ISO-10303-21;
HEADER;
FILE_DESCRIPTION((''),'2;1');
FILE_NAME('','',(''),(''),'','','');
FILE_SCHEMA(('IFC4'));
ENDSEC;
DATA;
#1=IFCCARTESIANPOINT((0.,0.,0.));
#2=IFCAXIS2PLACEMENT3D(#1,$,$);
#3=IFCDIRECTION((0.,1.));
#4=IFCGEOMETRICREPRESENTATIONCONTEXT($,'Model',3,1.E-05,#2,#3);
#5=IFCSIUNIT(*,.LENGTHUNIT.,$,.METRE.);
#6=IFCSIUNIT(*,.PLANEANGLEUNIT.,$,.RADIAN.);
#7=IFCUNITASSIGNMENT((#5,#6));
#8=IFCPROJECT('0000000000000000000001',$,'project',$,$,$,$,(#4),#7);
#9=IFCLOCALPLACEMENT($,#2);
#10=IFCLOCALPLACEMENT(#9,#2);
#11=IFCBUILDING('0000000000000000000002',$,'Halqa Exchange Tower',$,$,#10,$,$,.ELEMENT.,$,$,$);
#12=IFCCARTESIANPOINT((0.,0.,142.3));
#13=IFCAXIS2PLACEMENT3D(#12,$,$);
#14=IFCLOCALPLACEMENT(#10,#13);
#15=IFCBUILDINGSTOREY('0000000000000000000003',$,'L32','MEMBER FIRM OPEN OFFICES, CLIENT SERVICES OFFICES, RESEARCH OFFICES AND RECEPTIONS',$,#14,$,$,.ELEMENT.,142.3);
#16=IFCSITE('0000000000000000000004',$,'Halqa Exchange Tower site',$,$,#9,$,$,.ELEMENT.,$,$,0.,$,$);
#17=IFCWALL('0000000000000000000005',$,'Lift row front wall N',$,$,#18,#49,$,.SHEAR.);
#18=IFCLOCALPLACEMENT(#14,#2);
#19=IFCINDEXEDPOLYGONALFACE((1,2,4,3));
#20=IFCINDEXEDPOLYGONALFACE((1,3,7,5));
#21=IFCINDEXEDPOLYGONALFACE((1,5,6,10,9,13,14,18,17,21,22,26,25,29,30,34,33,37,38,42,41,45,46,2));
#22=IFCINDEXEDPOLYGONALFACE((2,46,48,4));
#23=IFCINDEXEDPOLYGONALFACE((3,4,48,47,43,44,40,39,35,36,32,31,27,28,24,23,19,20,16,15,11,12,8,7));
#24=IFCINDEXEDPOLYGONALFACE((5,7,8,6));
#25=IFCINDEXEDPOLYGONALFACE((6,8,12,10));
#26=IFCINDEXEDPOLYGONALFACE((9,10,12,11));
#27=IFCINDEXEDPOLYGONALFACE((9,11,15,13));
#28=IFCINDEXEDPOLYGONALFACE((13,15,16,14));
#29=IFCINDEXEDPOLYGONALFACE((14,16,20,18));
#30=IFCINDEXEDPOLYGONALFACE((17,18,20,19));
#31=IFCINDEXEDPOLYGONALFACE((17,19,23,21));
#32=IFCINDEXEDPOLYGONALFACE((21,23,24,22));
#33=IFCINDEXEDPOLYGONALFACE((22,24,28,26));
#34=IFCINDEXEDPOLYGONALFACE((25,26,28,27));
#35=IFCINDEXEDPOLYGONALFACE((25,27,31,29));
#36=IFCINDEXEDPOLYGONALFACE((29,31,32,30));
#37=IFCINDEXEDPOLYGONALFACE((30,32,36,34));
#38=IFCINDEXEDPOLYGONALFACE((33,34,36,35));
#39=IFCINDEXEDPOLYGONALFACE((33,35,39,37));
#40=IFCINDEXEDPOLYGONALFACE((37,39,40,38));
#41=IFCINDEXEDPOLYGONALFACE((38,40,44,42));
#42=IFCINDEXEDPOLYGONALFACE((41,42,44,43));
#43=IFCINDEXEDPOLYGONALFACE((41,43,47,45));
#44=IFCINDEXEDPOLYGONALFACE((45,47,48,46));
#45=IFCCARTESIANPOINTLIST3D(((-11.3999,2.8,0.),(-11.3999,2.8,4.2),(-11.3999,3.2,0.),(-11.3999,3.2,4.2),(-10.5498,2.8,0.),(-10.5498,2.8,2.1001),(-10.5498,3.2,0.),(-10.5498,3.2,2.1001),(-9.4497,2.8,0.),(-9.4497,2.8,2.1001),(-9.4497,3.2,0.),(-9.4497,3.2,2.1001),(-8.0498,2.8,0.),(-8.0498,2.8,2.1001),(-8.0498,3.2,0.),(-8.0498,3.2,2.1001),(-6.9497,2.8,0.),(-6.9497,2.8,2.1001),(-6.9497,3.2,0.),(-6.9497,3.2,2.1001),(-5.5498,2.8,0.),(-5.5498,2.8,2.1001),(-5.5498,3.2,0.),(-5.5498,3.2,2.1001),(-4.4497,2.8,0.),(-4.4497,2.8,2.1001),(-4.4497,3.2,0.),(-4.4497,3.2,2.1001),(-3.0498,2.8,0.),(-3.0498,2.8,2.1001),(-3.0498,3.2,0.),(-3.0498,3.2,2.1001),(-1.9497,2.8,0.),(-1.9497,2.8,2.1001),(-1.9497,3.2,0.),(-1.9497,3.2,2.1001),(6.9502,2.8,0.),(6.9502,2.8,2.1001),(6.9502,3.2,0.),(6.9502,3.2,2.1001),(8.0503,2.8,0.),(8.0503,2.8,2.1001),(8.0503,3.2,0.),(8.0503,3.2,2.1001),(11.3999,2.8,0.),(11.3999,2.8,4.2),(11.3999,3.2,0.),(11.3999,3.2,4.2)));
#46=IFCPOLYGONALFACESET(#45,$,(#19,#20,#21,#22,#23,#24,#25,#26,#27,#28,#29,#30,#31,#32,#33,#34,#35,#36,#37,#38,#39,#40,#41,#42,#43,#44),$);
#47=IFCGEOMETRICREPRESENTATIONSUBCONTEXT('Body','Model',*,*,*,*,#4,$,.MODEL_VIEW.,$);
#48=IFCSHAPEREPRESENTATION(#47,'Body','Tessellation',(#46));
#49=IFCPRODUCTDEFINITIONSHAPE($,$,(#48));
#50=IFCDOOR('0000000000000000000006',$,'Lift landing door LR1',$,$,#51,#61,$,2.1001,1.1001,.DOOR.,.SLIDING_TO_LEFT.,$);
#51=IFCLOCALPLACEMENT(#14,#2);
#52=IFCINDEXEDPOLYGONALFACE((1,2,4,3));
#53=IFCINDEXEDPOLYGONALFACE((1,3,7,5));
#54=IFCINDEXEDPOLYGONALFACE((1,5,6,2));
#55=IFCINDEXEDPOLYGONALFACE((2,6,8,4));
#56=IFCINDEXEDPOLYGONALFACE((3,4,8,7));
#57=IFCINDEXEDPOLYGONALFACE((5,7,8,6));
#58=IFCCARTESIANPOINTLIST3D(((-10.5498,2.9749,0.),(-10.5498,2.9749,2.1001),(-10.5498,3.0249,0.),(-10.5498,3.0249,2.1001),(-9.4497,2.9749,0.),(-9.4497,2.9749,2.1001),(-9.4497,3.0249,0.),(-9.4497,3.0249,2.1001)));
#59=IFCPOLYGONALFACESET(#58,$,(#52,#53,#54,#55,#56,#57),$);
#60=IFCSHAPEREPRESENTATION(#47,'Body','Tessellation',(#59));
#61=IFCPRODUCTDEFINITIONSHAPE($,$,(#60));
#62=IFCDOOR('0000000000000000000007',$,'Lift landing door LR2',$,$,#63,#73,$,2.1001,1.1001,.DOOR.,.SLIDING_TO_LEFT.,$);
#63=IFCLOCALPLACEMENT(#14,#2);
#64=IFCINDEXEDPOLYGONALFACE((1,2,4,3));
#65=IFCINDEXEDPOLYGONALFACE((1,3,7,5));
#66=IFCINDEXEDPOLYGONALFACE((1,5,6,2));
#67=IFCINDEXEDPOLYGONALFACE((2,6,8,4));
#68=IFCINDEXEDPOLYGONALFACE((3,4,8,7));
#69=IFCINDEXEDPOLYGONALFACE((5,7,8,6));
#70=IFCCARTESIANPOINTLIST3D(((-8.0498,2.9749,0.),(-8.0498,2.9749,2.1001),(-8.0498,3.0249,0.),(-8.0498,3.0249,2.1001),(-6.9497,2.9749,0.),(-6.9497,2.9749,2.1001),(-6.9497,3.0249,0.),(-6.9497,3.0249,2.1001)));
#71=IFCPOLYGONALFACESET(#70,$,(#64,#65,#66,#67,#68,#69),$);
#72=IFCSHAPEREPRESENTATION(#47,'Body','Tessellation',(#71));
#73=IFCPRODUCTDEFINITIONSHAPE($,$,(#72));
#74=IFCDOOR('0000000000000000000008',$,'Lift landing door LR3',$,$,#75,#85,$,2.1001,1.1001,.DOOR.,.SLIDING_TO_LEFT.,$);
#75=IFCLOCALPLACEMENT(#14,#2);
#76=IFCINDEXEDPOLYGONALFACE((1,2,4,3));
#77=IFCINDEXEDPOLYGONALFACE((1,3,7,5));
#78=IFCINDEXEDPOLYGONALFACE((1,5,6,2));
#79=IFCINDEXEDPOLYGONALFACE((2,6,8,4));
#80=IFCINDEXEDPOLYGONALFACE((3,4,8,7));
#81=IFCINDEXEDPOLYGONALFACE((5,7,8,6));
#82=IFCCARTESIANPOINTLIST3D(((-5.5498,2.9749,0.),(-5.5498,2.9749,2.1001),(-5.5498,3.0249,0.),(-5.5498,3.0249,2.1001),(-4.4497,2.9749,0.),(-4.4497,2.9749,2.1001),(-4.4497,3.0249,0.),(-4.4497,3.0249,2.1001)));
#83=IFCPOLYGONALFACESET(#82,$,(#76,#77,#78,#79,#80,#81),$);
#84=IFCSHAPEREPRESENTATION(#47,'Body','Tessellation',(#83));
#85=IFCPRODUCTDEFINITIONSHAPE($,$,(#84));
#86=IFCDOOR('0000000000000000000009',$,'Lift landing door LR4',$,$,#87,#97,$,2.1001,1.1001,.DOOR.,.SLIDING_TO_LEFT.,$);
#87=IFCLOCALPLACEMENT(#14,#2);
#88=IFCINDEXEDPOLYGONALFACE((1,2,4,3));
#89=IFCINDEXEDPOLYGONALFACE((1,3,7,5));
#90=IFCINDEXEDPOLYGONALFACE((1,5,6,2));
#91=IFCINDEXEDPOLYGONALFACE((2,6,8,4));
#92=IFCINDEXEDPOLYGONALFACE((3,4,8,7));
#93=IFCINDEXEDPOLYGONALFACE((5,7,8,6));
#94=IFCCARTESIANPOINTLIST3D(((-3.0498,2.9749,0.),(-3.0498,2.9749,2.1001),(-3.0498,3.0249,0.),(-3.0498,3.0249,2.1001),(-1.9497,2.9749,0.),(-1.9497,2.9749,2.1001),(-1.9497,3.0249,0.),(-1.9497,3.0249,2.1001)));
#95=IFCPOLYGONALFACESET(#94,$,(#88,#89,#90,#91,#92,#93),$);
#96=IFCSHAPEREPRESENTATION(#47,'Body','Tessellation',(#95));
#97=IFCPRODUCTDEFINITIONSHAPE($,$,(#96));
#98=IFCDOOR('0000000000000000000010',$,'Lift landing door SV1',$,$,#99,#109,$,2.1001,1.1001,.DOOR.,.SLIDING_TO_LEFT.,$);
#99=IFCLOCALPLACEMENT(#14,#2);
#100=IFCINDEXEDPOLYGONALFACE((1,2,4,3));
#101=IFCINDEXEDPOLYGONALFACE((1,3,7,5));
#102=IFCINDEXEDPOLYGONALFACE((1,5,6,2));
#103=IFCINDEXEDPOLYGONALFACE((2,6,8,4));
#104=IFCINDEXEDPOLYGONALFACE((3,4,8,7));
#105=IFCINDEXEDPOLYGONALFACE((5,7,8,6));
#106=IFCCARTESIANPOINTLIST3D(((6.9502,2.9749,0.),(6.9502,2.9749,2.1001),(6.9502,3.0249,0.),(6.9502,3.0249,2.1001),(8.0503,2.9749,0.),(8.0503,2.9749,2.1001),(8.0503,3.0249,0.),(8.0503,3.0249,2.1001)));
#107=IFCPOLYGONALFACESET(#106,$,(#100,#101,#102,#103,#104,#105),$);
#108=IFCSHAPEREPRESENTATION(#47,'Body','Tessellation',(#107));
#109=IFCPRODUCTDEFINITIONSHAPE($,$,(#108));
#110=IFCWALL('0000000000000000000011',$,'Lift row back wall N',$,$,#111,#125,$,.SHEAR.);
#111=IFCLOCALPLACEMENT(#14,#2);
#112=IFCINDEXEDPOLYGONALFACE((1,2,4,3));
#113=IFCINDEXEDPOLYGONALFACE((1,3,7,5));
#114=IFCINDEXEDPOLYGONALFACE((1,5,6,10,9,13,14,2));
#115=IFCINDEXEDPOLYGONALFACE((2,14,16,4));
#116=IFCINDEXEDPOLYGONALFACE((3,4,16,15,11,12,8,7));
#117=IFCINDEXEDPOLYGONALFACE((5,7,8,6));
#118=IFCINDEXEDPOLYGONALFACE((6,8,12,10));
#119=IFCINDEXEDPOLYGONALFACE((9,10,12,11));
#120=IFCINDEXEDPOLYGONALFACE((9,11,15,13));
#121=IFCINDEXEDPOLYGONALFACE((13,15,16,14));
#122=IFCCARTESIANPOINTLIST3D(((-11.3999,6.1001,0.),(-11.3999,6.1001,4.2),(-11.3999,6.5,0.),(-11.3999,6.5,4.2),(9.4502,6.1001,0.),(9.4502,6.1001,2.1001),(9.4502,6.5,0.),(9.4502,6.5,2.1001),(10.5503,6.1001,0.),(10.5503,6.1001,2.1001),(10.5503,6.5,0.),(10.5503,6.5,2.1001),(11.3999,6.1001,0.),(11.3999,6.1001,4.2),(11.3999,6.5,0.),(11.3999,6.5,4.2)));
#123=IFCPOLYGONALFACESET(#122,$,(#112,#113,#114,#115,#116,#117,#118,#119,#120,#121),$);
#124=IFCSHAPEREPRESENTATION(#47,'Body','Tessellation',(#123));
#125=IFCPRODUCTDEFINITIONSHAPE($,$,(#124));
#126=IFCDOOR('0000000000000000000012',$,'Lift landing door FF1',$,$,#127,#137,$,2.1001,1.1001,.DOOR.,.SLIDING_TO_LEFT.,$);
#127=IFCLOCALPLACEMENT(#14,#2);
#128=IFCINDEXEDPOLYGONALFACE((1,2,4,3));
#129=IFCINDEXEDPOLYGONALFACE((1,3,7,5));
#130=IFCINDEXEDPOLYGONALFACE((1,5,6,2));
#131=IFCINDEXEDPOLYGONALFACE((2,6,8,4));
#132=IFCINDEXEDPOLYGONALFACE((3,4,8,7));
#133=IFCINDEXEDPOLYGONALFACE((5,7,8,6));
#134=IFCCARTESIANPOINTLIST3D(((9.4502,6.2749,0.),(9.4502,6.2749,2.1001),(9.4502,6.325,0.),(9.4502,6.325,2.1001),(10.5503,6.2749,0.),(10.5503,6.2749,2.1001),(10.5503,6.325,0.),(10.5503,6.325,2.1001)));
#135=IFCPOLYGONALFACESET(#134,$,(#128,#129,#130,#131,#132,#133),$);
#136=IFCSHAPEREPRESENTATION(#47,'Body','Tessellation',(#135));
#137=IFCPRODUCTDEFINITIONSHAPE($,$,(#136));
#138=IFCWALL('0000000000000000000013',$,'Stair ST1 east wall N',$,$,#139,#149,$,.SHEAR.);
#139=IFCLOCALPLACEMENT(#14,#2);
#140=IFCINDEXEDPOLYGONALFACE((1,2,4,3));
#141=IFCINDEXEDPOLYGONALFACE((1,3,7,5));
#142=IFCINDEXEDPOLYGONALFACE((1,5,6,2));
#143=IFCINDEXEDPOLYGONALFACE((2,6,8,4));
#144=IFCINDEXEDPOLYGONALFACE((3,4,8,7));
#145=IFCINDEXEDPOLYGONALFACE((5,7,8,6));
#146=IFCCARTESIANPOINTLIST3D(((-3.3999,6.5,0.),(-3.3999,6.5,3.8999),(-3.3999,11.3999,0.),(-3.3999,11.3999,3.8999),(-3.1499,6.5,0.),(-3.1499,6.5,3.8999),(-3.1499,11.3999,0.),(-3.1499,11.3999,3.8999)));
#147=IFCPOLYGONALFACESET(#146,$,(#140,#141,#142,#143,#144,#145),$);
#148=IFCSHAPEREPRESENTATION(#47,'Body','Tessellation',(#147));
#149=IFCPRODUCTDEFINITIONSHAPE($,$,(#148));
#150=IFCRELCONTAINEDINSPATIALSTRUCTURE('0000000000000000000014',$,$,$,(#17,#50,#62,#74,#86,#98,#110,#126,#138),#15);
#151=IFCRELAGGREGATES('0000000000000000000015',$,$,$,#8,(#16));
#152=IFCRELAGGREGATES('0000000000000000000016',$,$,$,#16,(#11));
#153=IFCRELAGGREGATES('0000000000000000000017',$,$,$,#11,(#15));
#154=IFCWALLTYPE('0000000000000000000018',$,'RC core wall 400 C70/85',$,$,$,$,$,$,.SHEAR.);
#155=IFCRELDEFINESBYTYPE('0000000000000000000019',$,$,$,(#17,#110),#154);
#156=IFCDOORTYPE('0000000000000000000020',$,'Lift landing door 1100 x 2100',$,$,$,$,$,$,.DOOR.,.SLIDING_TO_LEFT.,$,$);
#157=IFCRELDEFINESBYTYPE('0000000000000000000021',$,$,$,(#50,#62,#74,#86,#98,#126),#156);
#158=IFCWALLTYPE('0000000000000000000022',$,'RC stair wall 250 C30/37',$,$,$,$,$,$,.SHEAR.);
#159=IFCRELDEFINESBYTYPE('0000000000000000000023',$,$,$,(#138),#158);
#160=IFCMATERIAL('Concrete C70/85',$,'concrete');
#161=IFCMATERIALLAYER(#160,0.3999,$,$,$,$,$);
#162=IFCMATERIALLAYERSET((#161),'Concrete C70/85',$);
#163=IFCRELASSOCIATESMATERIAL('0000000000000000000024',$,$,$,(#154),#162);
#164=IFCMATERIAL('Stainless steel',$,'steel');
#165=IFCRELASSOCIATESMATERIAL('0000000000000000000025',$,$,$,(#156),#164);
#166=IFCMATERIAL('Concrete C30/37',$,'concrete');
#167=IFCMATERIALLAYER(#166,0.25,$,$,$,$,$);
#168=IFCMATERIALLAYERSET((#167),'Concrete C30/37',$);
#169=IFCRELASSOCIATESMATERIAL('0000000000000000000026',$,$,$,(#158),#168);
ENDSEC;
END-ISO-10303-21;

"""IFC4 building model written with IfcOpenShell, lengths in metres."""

from ifc_helpers import new_model, si_unit, direction, frame, frame_2d, origin, place, context, subcontext, project, spatial, rectangle, extrude, material, layer, layer_set, type_object, element, fill, save


model = new_model("IFC4")

# Units and contexts
model_context = context("Model", 3, precision=1e-05, world=origin(), true_north=direction((0.0, 1.0)))
body_context = subcontext(model_context, "Body", "Model", "MODEL_VIEW")
ifc_project = project(units=[si_unit("LENGTHUNIT", "METRE"), si_unit("PLANEANGLEUNIT", "RADIAN")], contexts=[model_context])

# Site, building, storey
site_placement = place(None, origin())
site = spatial("IfcSite", under=ifc_project, at=site_placement, Name="Halqa Exchange Tower site", CompositionType="ELEMENT", RefElevation=0.0)
building_placement = place(site_placement, origin())
building = spatial("IfcBuilding", under=site, at=building_placement, Name="Halqa Exchange Tower", CompositionType="ELEMENT")
storey_placement = place(building_placement, frame((0.0, 0.0, 142.3)))
storey = spatial("IfcBuildingStorey", under=building, at=storey_placement, Name="L32", Description="MEMBER FIRM OPEN OFFICES, CLIENT SERVICES OFFICES, RESEARCH OFFICES AND RECEPTIONS", CompositionType="ELEMENT", Elevation=142.3)

# Wall, openings, doors
ifc_material_1 = material(Name="Concrete C70/85", Category="concrete")
ifc_layer_1 = layer(ifc_material_1, 0.3999)
ifc_layer_set_1 = layer_set([ifc_layer_1], Name="Concrete C70/85")
wall_type_1 = type_object("IfcWallType", Name="RC core wall 400 C70/85", PredefinedType="SHEAR", material=ifc_layer_set_1)
wall_1_placement = place(storey_placement, frame((-11.3999, 3.0, 0.0), z_axis=(0.0, 0.0, 1.0), x_axis=(1.0, 0.0, 0.0)))
wall_1 = element("IfcWall", 1, at=wall_1_placement, inside=storey, type_object=wall_type_1, Name="Lift row front wall N", PredefinedType="SHEAR", context=body_context, shape_type="SweptSolid", body=[
    extrude(rectangle(XDim=22.7998, YDim=0.3999, at=frame_2d((11.3999, 0.0))), origin(), (0.0, 0.0, 1.0), 4.2),
])
opening_1_placement = place(wall_1_placement, frame((0.8501, 0.0, 0.0)))
opening_1 = element("IfcOpeningElement", 2, at=opening_1_placement, cuts=wall_1, PredefinedType="OPENING", context=body_context, shape_type="SweptSolid", body=[
    extrude(rectangle(XDim=1.1001, YDim=2.1001, at=frame_2d((0.55, 1.05))), frame((0.0, 0.2119, 0.0), z_axis=(0.0, -1.0, 0.0), x_axis=(1.0, 0.0, 0.0)), (0.0, 0.0, 1.0), 0.4238),
])
opening_2_placement = place(wall_1_placement, frame((3.3501, 0.0, 0.0)))
opening_2 = element("IfcOpeningElement", 3, at=opening_2_placement, cuts=wall_1, PredefinedType="OPENING", context=body_context, shape_type="SweptSolid", body=[
    extrude(rectangle(XDim=1.1001, YDim=2.1001, at=frame_2d((0.55, 1.05))), frame((0.0, 0.2119, 0.0), z_axis=(0.0, -1.0, 0.0), x_axis=(1.0, 0.0, 0.0)), (0.0, 0.0, 1.0), 0.4238),
])
opening_3_placement = place(wall_1_placement, frame((5.8501, 0.0, 0.0)))
opening_3 = element("IfcOpeningElement", 4, at=opening_3_placement, cuts=wall_1, PredefinedType="OPENING", context=body_context, shape_type="SweptSolid", body=[
    extrude(rectangle(XDim=1.1001, YDim=2.1001, at=frame_2d((0.55, 1.05))), frame((0.0, 0.2119, 0.0), z_axis=(0.0, -1.0, 0.0), x_axis=(1.0, 0.0, 0.0)), (0.0, 0.0, 1.0), 0.4238),
])
opening_4_placement = place(wall_1_placement, frame((8.3501, 0.0, 0.0)))
opening_4 = element("IfcOpeningElement", 5, at=opening_4_placement, cuts=wall_1, PredefinedType="OPENING", context=body_context, shape_type="SweptSolid", body=[
    extrude(rectangle(XDim=1.1001, YDim=2.1001, at=frame_2d((0.55, 1.05))), frame((0.0, 0.2119, 0.0), z_axis=(0.0, -1.0, 0.0), x_axis=(1.0, 0.0, 0.0)), (0.0, 0.0, 1.0), 0.4238),
])
opening_5_placement = place(wall_1_placement, frame((18.3501, 0.0, 0.0)))
opening_5 = element("IfcOpeningElement", 6, at=opening_5_placement, cuts=wall_1, PredefinedType="OPENING", context=body_context, shape_type="SweptSolid", body=[
    extrude(rectangle(XDim=1.1001, YDim=2.1001, at=frame_2d((0.55, 1.05))), frame((0.0, 0.2119, 0.0), z_axis=(0.0, -1.0, 0.0), x_axis=(1.0, 0.0, 0.0)), (0.0, 0.0, 1.0), 0.4238),
])
ifc_material_2 = material(Name="Stainless steel", Category="steel")
door_type = type_object("IfcDoorType", Name="Lift landing door 1100 x 2100", OperationType="SLIDING_TO_LEFT", PredefinedType="DOOR", material=ifc_material_2)
door_1_placement = place(opening_1_placement, origin())
door_1 = element("IfcDoor", 7, at=door_1_placement, inside=storey, type_object=door_type, Name="Lift landing door LR1", OperationType="SLIDING_TO_LEFT", OverallHeight=2.1001, OverallWidth=1.1001, PredefinedType="DOOR", context=body_context, shape_type="SweptSolid", body=[
    extrude(rectangle(XDim=1.1001, YDim=2.1001, at=frame_2d((0.55, 1.05))), frame((0.0, 0.0249, 0.0), z_axis=(0.0, -1.0, 0.0), x_axis=(1.0, 0.0, 0.0)), (0.0, 0.0, 1.0), 0.05),
])
fill(opening_1, door_1)
door_2_placement = place(opening_2_placement, origin())
door_2 = element("IfcDoor", 8, at=door_2_placement, inside=storey, type_object=door_type, Name="Lift landing door LR2", OperationType="SLIDING_TO_LEFT", OverallHeight=2.1001, OverallWidth=1.1001, PredefinedType="DOOR", context=body_context, shape_type="SweptSolid", body=[
    extrude(rectangle(XDim=1.1001, YDim=2.1001, at=frame_2d((0.55, 1.05))), frame((0.0, 0.0249, 0.0), z_axis=(0.0, -1.0, 0.0), x_axis=(1.0, 0.0, 0.0)), (0.0, 0.0, 1.0), 0.05),
])
fill(opening_2, door_2)
door_3_placement = place(opening_3_placement, origin())
door_3 = element("IfcDoor", 9, at=door_3_placement, inside=storey, type_object=door_type, Name="Lift landing door LR3", OperationType="SLIDING_TO_LEFT", OverallHeight=2.1001, OverallWidth=1.1001, PredefinedType="DOOR", context=body_context, shape_type="SweptSolid", body=[
    extrude(rectangle(XDim=1.1001, YDim=2.1001, at=frame_2d((0.55, 1.05))), frame((0.0, 0.0249, 0.0), z_axis=(0.0, -1.0, 0.0), x_axis=(1.0, 0.0, 0.0)), (0.0, 0.0, 1.0), 0.05),
])
fill(opening_3, door_3)
door_4_placement = place(opening_4_placement, origin())
door_4 = element("IfcDoor", 10, at=door_4_placement, inside=storey, type_object=door_type, Name="Lift landing door LR4", OperationType="SLIDING_TO_LEFT", OverallHeight=2.1001, OverallWidth=1.1001, PredefinedType="DOOR", context=body_context, shape_type="SweptSolid", body=[
    extrude(rectangle(XDim=1.1001, YDim=2.1001, at=frame_2d((0.55, 1.05))), frame((0.0, 0.0249, 0.0), z_axis=(0.0, -1.0, 0.0), x_axis=(1.0, 0.0, 0.0)), (0.0, 0.0, 1.0), 0.05),
])
fill(opening_4, door_4)
door_5_placement = place(opening_5_placement, origin())
door_5 = element("IfcDoor", 11, at=door_5_placement, inside=storey, type_object=door_type, Name="Lift landing door SV1", OperationType="SLIDING_TO_LEFT", OverallHeight=2.1001, OverallWidth=1.1001, PredefinedType="DOOR", context=body_context, shape_type="SweptSolid", body=[
    extrude(rectangle(XDim=1.1001, YDim=2.1001, at=frame_2d((0.55, 1.05))), frame((0.0, 0.0249, 0.0), z_axis=(0.0, -1.0, 0.0), x_axis=(1.0, 0.0, 0.0)), (0.0, 0.0, 1.0), 0.05),
])
fill(opening_5, door_5)

# Wall, opening, door
wall_2_placement = place(storey_placement, frame((-11.3999, 6.3, 0.0), z_axis=(0.0, 0.0, 1.0), x_axis=(1.0, 0.0, 0.0)))
wall_2 = element("IfcWall", 12, at=wall_2_placement, inside=storey, type_object=wall_type_1, Name="Lift row back wall N", PredefinedType="SHEAR", context=body_context, shape_type="SweptSolid", body=[
    extrude(rectangle(XDim=22.7998, YDim=0.3999, at=frame_2d((11.3999, 0.0))), origin(), (0.0, 0.0, 1.0), 4.2),
])
opening_6_placement = place(wall_2_placement, frame((20.8501, 0.0, 0.0)))
opening_6 = element("IfcOpeningElement", 13, at=opening_6_placement, cuts=wall_2, PredefinedType="OPENING", context=body_context, shape_type="SweptSolid", body=[
    extrude(rectangle(XDim=1.1001, YDim=2.1001, at=frame_2d((0.55, 1.05))), frame((0.0, 0.2119, 0.0), z_axis=(0.0, -1.0, 0.0), x_axis=(1.0, 0.0, 0.0)), (0.0, 0.0, 1.0), 0.4238),
])
door_6_placement = place(opening_6_placement, origin())
door_6 = element("IfcDoor", 14, at=door_6_placement, inside=storey, type_object=door_type, Name="Lift landing door FF1", OperationType="SLIDING_TO_LEFT", OverallHeight=2.1001, OverallWidth=1.1001, PredefinedType="DOOR", context=body_context, shape_type="SweptSolid", body=[
    extrude(rectangle(XDim=1.1001, YDim=2.1001, at=frame_2d((0.55, 1.05))), frame((0.0, 0.0249, 0.0), z_axis=(0.0, -1.0, 0.0), x_axis=(1.0, 0.0, 0.0)), (0.0, 0.0, 1.0), 0.05),
])
fill(opening_6, door_6)

# Wall
ifc_material_3 = material(Name="Concrete C30/37", Category="concrete")
ifc_layer_2 = layer(ifc_material_3, 0.25)
ifc_layer_set_2 = layer_set([ifc_layer_2], Name="Concrete C30/37")
wall_type_2 = type_object("IfcWallType", Name="RC stair wall 250 C30/37", PredefinedType="SHEAR", material=ifc_layer_set_2)
wall_3_placement = place(storey_placement, frame((-3.2749, 6.5, 0.0), z_axis=(0.0, 0.0, 1.0), x_axis=(0.0, 1.0, 0.0)))
element("IfcWall", 15, at=wall_3_placement, inside=storey, type_object=wall_type_2, Name="Stair ST1 east wall N", PredefinedType="SHEAR", context=body_context, shape_type="SweptSolid", body=[
    extrude(rectangle(XDim=4.8999, YDim=0.25, at=frame_2d((2.45, 0.0))), origin(), (0.0, 0.0, 1.0), 3.8999),
])

save(model, "model.ifc")
